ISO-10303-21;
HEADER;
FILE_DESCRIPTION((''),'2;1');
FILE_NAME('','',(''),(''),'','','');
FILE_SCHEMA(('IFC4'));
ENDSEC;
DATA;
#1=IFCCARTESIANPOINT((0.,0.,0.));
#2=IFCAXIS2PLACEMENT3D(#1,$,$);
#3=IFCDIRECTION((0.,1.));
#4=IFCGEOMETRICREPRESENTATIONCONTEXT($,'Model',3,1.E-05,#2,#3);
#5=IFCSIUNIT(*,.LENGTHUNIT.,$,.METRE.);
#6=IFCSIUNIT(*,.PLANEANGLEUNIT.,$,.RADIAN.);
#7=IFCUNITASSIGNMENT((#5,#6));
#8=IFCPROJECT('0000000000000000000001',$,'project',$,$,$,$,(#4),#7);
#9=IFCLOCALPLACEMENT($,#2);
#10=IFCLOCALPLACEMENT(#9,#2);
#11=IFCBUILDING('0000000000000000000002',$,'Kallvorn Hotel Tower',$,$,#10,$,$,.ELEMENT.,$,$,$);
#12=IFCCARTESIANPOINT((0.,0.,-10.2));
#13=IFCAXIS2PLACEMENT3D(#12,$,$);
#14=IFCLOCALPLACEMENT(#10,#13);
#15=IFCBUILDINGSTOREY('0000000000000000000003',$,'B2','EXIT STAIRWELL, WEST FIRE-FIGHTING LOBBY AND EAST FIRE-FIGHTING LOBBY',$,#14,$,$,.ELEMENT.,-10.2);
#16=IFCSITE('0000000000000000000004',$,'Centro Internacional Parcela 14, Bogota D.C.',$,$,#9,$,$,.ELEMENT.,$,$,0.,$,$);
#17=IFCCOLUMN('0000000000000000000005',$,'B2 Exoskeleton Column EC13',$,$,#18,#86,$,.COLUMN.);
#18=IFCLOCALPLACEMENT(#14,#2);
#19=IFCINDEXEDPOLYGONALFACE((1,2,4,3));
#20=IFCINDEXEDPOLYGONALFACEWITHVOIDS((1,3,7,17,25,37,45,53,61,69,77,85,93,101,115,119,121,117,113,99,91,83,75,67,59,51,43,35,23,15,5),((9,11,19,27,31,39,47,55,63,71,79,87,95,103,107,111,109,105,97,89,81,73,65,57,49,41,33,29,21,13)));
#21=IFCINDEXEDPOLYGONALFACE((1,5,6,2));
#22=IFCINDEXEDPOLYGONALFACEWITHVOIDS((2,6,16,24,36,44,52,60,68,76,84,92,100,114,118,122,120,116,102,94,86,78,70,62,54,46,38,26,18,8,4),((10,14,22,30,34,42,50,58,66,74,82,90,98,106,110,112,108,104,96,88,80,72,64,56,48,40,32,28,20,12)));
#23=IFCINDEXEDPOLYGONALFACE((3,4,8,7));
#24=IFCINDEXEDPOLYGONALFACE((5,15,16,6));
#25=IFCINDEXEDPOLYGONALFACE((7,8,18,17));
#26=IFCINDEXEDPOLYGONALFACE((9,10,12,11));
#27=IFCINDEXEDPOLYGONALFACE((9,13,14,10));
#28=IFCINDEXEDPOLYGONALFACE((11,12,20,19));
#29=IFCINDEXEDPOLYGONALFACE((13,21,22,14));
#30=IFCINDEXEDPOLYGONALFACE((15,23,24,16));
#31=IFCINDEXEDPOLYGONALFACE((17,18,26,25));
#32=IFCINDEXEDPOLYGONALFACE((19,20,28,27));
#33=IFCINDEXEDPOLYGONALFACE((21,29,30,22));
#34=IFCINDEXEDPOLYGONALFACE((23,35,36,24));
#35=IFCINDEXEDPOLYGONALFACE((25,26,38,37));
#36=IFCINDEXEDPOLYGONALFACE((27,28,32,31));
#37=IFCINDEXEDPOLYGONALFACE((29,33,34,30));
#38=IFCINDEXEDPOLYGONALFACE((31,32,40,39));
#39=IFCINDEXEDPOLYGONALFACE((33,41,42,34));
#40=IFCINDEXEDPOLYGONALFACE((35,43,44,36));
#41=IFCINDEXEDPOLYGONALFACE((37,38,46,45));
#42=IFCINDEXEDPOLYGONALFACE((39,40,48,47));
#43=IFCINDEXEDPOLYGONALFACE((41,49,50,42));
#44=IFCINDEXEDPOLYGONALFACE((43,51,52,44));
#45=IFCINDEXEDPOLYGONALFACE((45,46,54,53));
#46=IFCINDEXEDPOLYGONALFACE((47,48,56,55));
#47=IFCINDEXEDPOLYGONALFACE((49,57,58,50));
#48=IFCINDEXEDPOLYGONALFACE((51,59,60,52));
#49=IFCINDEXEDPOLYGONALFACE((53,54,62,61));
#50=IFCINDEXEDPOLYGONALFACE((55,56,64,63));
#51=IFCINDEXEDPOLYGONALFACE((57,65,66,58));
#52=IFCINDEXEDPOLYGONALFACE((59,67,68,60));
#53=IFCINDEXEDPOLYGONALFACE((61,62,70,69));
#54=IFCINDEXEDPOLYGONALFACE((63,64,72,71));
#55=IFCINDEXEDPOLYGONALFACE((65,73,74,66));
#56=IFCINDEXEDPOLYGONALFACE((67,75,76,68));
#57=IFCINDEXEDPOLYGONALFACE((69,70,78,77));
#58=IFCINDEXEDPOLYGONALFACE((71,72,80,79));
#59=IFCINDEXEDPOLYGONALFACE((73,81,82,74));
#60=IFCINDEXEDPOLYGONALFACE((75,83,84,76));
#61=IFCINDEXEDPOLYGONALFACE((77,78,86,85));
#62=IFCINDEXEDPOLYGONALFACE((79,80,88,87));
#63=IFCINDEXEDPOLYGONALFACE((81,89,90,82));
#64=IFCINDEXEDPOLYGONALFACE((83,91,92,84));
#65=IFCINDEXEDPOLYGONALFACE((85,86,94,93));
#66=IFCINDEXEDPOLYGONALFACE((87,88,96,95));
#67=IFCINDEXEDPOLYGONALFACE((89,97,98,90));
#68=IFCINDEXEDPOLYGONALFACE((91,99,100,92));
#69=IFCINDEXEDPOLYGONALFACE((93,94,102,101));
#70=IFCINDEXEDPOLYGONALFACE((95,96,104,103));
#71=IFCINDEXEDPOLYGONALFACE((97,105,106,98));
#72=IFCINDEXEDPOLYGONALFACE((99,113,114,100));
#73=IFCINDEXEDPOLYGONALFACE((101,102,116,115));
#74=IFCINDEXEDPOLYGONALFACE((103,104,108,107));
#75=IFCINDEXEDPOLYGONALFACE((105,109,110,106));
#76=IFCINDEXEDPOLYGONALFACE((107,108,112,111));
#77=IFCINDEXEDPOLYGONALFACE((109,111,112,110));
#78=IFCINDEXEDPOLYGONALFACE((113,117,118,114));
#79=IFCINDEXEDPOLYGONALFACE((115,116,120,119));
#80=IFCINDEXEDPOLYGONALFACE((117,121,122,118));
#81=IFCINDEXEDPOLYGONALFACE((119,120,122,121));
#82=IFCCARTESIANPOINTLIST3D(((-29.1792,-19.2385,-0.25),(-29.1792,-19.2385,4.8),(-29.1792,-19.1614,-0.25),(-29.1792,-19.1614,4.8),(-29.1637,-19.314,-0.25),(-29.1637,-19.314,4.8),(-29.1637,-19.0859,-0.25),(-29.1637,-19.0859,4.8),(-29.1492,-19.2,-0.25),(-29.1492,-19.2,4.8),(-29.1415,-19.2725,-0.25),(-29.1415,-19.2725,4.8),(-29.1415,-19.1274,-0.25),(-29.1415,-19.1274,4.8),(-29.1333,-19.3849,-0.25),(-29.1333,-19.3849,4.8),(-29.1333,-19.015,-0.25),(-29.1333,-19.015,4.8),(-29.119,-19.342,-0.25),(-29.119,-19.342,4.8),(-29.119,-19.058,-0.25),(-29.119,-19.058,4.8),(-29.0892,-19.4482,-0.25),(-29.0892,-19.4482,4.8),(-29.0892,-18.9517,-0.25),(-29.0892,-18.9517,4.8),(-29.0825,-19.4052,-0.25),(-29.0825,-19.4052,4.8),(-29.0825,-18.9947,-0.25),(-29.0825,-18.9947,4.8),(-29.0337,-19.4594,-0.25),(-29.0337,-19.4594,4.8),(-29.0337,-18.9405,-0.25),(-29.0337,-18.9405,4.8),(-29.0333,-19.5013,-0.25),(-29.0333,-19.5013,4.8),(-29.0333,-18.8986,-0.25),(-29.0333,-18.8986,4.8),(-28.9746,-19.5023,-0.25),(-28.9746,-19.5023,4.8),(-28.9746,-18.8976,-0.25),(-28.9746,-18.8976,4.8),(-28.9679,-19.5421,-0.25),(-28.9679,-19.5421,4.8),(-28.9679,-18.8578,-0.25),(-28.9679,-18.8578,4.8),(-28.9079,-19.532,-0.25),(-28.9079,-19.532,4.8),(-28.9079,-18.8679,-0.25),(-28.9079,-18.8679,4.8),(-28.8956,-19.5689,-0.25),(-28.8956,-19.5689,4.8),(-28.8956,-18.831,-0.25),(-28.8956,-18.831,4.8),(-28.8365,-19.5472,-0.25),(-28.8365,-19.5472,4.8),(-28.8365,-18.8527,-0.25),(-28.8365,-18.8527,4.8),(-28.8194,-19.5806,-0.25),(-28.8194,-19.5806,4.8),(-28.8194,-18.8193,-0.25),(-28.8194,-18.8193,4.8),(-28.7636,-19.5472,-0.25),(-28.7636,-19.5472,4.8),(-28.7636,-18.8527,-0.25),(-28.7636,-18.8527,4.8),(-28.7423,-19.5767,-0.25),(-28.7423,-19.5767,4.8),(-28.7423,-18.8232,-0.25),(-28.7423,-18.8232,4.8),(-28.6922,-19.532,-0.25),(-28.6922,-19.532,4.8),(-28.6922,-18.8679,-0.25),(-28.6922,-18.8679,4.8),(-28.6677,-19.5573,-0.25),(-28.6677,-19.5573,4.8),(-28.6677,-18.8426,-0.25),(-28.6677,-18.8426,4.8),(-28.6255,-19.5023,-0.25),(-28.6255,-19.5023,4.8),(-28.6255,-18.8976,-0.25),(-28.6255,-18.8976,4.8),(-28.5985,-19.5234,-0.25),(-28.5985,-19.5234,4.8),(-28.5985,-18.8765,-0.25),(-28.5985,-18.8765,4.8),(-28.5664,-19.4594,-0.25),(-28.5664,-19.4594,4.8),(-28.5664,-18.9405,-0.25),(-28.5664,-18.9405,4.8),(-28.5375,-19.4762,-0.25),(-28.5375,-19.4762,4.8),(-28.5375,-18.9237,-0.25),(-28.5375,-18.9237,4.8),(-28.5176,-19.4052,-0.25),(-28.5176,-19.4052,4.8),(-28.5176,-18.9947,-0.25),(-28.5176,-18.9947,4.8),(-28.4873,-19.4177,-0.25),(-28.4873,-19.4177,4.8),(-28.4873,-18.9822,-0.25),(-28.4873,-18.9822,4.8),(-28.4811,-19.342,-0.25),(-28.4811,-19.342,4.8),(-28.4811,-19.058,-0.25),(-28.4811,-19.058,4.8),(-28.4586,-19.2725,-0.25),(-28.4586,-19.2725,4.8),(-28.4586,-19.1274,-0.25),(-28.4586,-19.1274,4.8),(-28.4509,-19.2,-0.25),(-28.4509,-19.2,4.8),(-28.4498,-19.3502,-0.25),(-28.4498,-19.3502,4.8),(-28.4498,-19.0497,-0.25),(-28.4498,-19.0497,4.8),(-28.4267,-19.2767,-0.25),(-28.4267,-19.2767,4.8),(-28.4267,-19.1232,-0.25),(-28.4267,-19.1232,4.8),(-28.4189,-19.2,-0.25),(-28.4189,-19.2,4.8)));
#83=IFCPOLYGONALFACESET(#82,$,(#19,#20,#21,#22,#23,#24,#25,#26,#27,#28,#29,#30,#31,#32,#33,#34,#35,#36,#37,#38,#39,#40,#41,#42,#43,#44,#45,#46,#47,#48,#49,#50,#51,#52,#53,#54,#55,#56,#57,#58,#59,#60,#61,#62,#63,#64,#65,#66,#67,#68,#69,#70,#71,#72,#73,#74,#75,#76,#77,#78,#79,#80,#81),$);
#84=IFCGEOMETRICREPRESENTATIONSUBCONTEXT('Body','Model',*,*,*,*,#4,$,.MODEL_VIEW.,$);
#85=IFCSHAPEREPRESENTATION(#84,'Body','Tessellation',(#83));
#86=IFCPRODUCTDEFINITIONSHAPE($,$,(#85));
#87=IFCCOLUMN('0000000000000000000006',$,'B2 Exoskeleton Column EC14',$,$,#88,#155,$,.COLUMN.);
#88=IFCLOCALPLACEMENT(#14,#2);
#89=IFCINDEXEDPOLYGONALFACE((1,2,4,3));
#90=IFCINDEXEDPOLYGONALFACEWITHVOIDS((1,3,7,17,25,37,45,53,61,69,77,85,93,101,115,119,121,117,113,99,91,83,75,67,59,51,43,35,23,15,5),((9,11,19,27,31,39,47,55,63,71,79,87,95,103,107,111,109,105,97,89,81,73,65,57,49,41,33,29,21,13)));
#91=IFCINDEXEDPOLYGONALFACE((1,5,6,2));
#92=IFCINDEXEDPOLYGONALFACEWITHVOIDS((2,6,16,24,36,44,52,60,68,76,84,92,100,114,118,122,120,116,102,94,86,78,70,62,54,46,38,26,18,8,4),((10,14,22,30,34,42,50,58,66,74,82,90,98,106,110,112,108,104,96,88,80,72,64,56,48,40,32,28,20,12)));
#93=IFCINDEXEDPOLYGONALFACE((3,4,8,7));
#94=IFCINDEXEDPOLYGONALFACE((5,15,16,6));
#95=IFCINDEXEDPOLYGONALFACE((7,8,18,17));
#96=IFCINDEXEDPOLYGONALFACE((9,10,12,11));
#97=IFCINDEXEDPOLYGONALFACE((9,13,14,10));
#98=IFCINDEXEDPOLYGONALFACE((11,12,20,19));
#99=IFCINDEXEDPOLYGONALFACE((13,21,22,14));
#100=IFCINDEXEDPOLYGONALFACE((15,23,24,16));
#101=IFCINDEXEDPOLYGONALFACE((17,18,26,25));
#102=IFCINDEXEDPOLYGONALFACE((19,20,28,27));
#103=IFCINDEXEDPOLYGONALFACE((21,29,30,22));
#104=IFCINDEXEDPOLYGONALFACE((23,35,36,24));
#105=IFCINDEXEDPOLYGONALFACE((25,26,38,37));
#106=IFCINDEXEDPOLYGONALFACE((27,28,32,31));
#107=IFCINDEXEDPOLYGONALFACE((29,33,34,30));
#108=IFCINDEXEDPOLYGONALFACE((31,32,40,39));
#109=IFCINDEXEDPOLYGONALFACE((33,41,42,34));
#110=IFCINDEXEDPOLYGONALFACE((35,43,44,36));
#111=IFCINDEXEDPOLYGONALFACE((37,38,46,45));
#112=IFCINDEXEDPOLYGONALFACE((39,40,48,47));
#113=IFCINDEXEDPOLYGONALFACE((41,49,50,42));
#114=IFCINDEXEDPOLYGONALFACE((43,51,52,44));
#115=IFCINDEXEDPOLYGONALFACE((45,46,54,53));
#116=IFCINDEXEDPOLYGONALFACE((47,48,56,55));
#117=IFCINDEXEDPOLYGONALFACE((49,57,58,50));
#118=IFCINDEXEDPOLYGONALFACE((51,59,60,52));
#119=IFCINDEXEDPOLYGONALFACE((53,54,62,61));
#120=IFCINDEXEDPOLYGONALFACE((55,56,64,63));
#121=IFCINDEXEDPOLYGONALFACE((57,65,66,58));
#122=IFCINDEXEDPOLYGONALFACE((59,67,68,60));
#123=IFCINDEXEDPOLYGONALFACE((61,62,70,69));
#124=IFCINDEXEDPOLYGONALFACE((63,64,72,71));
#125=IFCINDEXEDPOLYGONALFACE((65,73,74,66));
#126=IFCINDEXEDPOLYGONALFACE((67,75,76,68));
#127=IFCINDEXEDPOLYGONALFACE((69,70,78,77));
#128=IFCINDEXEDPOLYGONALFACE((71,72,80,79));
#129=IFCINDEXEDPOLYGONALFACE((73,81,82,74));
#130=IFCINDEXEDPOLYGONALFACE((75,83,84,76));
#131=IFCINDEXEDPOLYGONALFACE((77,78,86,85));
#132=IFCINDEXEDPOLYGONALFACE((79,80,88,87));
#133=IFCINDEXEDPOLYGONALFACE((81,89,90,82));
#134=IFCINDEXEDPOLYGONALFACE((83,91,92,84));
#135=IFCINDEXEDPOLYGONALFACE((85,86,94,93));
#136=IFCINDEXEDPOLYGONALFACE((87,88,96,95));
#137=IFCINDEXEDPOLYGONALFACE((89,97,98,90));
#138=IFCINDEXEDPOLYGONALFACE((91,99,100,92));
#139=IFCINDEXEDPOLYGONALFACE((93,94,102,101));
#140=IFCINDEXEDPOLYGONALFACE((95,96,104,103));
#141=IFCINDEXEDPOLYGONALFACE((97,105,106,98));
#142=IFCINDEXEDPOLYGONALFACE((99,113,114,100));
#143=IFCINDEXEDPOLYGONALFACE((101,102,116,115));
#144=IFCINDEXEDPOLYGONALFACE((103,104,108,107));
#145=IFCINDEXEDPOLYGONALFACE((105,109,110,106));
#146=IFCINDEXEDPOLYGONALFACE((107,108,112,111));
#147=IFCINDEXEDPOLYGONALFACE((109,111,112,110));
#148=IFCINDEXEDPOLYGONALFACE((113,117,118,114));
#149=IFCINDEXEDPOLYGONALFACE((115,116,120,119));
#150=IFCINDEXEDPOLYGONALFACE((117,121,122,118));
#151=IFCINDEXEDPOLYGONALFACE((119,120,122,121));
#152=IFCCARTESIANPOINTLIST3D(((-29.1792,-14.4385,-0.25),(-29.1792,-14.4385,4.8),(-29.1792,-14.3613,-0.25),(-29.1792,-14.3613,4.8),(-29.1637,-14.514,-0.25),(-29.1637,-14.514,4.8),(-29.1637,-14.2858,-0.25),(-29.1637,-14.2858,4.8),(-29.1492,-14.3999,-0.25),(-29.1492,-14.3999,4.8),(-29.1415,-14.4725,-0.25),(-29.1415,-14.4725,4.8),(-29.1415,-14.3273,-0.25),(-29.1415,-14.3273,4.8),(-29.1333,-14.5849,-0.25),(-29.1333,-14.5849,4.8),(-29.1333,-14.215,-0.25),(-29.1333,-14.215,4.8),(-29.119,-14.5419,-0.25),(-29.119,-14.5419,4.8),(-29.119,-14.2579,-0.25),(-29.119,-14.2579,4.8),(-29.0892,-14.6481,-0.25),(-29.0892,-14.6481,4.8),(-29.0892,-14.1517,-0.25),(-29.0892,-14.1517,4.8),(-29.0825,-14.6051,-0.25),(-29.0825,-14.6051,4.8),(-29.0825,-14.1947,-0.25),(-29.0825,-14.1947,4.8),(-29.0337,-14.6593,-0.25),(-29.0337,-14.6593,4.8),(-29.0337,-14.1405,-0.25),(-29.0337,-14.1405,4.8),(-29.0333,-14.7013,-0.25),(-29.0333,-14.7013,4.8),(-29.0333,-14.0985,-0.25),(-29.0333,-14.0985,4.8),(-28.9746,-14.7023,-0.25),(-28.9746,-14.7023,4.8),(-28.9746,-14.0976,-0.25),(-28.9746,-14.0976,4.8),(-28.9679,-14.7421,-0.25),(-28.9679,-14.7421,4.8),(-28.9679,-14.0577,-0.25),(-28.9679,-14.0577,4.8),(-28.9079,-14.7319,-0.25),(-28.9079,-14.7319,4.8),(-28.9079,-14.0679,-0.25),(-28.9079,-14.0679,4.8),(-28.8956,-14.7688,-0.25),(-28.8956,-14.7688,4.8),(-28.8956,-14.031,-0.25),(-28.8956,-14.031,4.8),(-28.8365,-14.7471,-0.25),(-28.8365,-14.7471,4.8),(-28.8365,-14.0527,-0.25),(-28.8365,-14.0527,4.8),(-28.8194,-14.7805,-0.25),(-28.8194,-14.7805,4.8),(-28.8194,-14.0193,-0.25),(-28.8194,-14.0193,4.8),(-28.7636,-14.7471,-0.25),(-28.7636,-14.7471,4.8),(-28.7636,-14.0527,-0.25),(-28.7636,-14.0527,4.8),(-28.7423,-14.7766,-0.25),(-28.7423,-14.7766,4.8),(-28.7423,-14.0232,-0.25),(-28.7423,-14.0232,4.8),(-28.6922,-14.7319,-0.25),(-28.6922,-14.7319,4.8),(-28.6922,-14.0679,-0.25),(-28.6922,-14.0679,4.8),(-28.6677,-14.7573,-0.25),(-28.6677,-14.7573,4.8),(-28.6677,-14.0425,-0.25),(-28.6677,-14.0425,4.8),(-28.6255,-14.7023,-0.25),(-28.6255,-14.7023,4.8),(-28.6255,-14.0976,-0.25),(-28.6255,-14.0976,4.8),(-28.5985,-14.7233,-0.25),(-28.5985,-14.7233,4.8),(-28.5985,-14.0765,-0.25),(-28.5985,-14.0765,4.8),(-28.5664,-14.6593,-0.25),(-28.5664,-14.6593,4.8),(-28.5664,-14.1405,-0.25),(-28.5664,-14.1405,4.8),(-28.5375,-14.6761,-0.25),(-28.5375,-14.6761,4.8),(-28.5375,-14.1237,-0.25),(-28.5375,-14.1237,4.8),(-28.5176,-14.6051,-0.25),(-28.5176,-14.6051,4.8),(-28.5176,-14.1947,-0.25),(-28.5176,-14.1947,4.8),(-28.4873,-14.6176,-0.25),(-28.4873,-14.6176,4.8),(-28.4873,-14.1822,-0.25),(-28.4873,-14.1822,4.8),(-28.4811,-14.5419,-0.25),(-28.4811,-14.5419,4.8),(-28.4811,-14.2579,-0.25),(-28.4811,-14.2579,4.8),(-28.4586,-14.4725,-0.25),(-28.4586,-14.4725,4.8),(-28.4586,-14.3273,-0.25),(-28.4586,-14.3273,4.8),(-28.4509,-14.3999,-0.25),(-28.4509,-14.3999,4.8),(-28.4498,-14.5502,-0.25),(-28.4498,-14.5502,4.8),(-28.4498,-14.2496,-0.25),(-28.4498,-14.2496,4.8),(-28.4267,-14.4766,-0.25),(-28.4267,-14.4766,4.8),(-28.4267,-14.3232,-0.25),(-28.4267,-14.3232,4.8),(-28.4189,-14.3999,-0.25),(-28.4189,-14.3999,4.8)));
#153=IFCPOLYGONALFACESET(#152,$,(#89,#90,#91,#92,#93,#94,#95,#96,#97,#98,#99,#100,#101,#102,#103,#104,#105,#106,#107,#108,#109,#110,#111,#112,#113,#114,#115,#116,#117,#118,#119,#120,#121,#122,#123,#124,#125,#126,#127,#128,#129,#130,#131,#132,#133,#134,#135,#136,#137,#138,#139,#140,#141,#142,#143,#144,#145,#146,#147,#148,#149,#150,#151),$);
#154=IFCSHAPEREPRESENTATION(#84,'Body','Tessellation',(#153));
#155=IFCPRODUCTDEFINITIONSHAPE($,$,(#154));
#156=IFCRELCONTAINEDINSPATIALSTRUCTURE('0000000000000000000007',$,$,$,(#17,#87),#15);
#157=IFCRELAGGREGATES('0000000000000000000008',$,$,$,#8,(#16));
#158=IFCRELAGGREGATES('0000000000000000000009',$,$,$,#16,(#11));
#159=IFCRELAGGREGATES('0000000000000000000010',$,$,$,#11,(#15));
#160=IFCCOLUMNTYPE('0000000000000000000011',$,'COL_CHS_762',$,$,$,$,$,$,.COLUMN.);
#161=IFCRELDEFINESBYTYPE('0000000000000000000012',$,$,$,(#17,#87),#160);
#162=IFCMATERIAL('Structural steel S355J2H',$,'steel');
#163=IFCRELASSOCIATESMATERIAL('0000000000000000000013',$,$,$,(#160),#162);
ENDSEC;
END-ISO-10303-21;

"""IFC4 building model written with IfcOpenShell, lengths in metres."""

from ifc_helpers import new_model, si_unit, direction, frame, origin, origin_2d, place, context, subcontext, project, spatial, hollow_circle, extrude, material, material_profile, profile_set, type_object, element, save


model = new_model("IFC4")

# Units and contexts
model_context = context("Model", 3, precision=1e-05, world=origin(), true_north=direction((0.0, 1.0)))
body_context = subcontext(model_context, "Body", "Model", "MODEL_VIEW")
ifc_project = project(units=[si_unit("LENGTHUNIT", "METRE"), si_unit("PLANEANGLEUNIT", "RADIAN")], contexts=[model_context])

# Site, building, storey
site_placement = place(None, origin())
site = spatial("IfcSite", under=ifc_project, at=site_placement, Name="Centro Internacional Parcela 14, Bogota D.C.", CompositionType="ELEMENT", RefElevation=0.0)
building_placement = place(site_placement, origin())
building = spatial("IfcBuilding", under=site, at=building_placement, Name="Kallvorn Hotel Tower", CompositionType="ELEMENT")
storey_placement = place(building_placement, frame((0.0, 0.0, -10.2)))
storey = spatial("IfcBuildingStorey", under=building, at=storey_placement, Name="B2", Description="EXIT STAIRWELL, WEST FIRE-FIGHTING LOBBY AND EAST FIRE-FIGHTING LOBBY", CompositionType="ELEMENT", Elevation=-10.2)

# Columns
ifc_material_1 = material(Name="Structural steel S355J2H", Category="steel")
ifc_material_profile_1 = material_profile(ifc_material_1, hollow_circle(Radius=0.3811, WallThickness=0.032, at=origin_2d()), Name="CHS 762x32")
ifc_profile_set_1 = profile_set([ifc_material_profile_1], Name="Structural steel S355J2H")
column_type_1 = type_object("IfcColumnType", Name="COL_CHS_762", PredefinedType="COLUMN", material=ifc_profile_set_1)
for number, where, z_axis, x_axis, name in (
    (1, (-28.8, -19.2, -0.25), (0.0, 0.0, 1.0), (1.0, 0.0, 0.0), "B2 Exoskeleton Column EC13"),
    (2, (-28.8, -14.3999, -0.25), (0.0, 0.0, 1.0), (1.0, 0.0, 0.0), "B2 Exoskeleton Column EC14"),
):
    element("IfcColumn", number, at=place(storey_placement, frame(where, z_axis=z_axis, x_axis=x_axis)), inside=storey, type_object=column_type_1, Name=name, PredefinedType="COLUMN", context=body_context, shape_type="SweptSolid", body=[
        extrude(hollow_circle(Radius=0.3811, WallThickness=0.032, at=origin_2d()), origin(), (0.0, 0.0, 1.0), 5.05),
    ])

save(model, "model.ifc")
